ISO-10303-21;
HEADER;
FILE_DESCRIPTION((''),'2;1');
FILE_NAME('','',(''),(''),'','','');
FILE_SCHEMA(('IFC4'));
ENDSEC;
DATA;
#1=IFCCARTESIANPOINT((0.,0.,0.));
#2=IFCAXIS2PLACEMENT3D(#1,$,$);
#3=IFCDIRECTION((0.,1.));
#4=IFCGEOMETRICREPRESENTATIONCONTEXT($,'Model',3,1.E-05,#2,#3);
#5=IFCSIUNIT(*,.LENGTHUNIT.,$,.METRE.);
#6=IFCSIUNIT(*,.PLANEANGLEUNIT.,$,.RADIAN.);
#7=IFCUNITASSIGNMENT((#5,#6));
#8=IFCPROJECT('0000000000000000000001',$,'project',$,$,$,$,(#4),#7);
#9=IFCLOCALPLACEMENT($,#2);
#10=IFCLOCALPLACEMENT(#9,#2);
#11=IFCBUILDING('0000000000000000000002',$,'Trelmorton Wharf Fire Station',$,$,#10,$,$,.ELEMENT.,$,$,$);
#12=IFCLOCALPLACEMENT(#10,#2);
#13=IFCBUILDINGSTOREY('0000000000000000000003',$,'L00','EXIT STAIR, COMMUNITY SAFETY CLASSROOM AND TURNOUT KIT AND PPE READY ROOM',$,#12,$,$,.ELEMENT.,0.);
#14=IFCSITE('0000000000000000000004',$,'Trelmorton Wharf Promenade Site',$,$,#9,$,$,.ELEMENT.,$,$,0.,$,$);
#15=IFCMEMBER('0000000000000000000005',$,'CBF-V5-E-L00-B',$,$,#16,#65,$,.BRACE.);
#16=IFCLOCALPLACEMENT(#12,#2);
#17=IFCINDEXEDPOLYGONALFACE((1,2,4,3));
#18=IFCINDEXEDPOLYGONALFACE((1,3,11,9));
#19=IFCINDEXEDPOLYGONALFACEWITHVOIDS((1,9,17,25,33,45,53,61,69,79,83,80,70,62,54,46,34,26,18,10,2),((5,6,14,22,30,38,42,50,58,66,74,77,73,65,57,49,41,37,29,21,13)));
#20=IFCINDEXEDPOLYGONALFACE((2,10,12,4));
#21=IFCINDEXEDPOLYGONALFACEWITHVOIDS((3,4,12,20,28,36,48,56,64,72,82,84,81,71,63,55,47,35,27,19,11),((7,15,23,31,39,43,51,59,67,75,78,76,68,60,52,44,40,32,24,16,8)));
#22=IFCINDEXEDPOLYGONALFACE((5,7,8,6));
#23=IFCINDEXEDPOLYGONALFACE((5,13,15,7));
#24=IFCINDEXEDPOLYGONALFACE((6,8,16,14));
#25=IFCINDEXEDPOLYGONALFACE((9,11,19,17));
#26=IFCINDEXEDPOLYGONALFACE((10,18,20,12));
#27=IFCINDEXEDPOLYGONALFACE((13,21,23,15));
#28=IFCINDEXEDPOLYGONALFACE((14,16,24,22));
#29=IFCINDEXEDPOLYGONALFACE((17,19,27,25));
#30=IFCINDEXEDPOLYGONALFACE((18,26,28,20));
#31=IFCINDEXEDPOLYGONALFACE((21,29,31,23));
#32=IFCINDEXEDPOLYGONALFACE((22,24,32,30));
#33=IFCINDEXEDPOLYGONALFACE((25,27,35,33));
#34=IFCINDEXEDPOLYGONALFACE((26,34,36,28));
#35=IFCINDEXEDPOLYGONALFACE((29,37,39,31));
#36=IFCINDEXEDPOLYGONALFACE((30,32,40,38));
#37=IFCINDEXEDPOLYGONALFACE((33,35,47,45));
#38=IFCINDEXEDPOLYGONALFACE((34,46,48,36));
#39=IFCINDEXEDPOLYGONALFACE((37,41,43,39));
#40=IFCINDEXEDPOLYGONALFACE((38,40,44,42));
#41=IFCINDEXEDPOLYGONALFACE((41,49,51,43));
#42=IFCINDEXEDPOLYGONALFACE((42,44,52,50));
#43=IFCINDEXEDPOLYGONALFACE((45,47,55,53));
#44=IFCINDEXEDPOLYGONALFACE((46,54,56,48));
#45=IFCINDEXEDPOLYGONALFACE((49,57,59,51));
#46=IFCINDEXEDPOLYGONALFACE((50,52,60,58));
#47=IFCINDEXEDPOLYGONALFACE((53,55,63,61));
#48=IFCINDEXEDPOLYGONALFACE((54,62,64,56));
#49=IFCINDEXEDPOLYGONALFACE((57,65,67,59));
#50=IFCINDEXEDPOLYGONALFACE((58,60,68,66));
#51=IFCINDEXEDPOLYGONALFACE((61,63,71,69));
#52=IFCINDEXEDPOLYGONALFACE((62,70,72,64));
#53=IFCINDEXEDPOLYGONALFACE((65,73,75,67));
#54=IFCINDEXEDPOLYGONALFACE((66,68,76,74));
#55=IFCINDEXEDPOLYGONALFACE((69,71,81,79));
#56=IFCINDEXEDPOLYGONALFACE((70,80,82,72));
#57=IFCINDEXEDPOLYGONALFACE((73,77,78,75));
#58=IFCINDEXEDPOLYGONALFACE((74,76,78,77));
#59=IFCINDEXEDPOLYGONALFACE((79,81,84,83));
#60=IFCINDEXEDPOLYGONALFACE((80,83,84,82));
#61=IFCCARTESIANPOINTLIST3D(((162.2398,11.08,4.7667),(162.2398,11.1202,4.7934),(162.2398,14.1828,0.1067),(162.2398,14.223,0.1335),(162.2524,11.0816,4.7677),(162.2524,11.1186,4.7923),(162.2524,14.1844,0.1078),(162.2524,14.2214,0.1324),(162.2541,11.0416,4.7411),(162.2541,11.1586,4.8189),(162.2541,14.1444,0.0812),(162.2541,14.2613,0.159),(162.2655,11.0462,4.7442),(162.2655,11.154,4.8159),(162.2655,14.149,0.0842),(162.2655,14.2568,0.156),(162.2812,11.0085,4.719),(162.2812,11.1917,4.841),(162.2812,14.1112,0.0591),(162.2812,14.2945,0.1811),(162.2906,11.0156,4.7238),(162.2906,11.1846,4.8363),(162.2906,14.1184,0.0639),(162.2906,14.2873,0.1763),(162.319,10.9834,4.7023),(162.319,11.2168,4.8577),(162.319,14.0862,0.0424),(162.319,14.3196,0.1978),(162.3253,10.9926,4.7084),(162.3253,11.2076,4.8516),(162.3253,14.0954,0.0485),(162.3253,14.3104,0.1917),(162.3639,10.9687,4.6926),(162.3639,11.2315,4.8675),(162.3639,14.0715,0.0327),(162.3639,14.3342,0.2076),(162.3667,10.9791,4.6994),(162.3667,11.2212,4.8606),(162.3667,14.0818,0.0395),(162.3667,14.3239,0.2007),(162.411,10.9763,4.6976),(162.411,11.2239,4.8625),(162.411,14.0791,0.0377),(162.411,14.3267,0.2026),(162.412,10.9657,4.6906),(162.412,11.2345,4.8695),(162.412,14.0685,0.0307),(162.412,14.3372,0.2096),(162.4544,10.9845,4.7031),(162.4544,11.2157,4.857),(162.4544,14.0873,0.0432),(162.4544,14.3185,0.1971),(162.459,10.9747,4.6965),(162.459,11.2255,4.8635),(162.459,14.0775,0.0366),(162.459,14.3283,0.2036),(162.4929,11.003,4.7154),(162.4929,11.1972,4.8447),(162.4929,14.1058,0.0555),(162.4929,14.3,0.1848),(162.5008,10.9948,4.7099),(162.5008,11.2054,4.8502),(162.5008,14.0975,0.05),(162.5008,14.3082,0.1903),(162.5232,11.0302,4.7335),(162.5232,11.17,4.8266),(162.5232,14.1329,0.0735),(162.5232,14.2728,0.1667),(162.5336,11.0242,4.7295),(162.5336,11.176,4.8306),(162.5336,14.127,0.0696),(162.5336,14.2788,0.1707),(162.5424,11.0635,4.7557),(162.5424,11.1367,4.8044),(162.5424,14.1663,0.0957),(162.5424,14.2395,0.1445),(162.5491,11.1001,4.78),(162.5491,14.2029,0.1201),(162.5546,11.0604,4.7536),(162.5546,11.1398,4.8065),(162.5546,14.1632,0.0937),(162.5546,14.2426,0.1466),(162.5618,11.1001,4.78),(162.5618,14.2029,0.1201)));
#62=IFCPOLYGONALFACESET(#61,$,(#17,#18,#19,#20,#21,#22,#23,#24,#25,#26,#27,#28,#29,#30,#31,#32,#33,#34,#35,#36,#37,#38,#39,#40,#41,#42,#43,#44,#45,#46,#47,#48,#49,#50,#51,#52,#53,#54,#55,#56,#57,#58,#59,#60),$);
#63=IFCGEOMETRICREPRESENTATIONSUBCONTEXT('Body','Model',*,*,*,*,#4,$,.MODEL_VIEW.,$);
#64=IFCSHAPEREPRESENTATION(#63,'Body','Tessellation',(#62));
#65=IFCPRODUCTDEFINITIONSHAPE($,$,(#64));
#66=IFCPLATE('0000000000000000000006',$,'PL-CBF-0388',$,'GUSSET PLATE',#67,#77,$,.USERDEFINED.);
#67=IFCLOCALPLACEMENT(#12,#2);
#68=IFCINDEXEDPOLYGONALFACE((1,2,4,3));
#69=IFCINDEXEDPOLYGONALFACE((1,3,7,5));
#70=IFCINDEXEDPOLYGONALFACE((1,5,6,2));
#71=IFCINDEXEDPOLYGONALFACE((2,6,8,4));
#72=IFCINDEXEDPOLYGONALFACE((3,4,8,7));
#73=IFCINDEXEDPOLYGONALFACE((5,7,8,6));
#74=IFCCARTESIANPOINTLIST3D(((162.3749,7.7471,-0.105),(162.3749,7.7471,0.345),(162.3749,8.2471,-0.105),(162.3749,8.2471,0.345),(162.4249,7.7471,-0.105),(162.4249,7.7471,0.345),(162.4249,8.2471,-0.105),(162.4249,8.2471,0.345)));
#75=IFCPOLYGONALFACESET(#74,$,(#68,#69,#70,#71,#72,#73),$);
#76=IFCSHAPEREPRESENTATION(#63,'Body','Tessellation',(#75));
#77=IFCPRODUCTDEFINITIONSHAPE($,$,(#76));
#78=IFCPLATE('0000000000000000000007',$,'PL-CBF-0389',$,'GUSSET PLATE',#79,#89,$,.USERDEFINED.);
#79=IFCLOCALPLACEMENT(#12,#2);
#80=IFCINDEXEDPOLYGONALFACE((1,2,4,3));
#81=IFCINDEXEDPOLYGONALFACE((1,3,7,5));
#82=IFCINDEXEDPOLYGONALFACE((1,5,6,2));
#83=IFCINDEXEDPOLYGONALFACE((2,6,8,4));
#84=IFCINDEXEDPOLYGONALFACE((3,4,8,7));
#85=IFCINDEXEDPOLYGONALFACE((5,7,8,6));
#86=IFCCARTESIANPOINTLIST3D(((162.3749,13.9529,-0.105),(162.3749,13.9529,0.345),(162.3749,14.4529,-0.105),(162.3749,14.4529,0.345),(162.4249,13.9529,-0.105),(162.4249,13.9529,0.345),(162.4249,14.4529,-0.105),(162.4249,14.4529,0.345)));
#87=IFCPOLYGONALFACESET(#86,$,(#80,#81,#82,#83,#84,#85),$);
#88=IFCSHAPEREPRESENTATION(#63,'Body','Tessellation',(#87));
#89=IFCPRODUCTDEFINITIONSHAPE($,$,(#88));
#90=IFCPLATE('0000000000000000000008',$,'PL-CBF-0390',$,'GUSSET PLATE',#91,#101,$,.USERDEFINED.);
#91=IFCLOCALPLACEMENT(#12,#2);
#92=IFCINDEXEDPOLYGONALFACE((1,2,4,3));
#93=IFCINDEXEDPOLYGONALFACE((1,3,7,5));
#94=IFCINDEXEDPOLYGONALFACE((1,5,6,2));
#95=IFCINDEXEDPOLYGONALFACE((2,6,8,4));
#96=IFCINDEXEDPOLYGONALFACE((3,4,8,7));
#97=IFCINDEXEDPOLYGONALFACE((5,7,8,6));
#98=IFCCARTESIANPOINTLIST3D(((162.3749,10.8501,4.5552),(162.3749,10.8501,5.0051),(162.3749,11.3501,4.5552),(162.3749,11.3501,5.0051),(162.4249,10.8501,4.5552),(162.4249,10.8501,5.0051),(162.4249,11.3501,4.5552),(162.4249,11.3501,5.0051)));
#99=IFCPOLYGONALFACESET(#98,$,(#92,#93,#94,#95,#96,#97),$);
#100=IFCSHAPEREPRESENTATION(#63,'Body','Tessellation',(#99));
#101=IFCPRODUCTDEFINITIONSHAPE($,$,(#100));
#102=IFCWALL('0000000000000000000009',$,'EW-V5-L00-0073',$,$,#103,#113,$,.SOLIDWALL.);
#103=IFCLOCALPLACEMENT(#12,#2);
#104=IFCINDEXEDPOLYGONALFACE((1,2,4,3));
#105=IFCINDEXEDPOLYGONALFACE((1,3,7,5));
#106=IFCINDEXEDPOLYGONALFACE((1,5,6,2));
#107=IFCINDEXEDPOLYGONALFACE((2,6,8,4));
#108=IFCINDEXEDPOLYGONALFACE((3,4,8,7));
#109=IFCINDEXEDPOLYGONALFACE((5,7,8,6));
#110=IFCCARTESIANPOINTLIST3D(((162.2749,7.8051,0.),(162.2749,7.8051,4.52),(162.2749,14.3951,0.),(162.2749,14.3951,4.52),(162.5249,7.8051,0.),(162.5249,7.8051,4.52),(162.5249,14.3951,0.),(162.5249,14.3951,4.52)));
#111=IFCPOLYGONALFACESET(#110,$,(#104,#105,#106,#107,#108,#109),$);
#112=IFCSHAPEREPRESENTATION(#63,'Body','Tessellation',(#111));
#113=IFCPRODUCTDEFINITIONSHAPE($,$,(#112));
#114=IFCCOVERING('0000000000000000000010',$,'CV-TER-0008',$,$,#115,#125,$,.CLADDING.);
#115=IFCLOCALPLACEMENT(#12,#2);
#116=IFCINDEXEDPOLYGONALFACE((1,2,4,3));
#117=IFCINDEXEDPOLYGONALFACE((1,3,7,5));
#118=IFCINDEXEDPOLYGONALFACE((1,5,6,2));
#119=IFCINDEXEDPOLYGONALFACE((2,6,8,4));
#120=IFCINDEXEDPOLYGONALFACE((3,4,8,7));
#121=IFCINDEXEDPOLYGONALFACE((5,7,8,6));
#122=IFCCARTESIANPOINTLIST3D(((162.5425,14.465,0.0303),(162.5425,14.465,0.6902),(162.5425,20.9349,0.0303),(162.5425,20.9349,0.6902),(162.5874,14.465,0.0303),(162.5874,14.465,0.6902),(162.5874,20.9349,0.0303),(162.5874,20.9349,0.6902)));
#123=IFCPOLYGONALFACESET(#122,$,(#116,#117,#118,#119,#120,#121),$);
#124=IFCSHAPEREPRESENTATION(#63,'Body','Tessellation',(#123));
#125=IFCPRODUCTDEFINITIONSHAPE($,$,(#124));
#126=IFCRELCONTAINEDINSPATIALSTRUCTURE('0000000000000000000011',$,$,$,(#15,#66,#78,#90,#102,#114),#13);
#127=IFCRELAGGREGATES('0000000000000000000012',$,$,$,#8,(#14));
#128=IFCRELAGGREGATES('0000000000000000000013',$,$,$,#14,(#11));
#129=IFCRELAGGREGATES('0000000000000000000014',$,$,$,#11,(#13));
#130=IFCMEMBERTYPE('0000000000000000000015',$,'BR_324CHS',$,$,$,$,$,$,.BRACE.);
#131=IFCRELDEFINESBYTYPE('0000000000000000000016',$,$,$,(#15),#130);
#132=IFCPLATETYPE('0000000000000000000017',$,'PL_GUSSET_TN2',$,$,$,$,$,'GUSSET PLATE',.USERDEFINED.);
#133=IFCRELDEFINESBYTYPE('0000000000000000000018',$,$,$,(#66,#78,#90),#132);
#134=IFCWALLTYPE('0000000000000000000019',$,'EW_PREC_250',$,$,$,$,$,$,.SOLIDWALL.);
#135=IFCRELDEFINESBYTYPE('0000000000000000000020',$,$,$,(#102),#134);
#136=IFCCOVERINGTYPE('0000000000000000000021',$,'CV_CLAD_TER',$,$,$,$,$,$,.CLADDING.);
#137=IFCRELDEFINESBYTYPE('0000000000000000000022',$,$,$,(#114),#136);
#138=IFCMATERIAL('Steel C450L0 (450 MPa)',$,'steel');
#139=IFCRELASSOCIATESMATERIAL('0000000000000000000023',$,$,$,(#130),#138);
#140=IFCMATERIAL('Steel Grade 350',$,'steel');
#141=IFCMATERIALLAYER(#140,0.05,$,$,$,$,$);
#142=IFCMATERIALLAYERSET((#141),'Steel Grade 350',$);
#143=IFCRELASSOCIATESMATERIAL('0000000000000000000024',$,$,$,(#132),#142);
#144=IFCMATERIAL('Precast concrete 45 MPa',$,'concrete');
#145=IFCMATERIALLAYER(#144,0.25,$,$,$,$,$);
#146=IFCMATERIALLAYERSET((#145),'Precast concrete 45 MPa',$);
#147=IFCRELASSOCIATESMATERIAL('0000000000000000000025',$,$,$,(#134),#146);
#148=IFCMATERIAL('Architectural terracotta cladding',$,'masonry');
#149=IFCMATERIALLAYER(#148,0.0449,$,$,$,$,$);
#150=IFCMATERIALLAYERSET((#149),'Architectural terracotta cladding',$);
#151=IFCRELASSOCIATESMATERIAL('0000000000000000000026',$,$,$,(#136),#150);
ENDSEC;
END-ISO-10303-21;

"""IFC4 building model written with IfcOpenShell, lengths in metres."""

from ifc_helpers import new_model, si_unit, direction, frame, frame_2d, origin, origin_2d, place, context, subcontext, project, spatial, rectangle, hollow_circle, extrude, material, layer, layer_set, material_profile, profile_set, type_object, element, save


model = new_model("IFC4")

# Units and contexts
model_context = context("Model", 3, precision=1e-05, world=origin(), true_north=direction((0.0, 1.0)))
body_context = subcontext(model_context, "Body", "Model", "MODEL_VIEW")
ifc_project = project(units=[si_unit("LENGTHUNIT", "METRE"), si_unit("PLANEANGLEUNIT", "RADIAN")], contexts=[model_context])

# Site, building, storey
site_placement = place(None, origin())
site = spatial("IfcSite", under=ifc_project, at=site_placement, Name="Trelmorton Wharf Promenade Site", CompositionType="ELEMENT", RefElevation=0.0)
building_placement = place(site_placement, origin())
building = spatial("IfcBuilding", under=site, at=building_placement, Name="Trelmorton Wharf Fire Station", CompositionType="ELEMENT")
storey_placement = place(building_placement, origin())
storey = spatial("IfcBuildingStorey", under=building, at=storey_placement, Name="L00", Description="EXIT STAIR, COMMUNITY SAFETY CLASSROOM AND TURNOUT KIT AND PPE READY ROOM", CompositionType="ELEMENT", Elevation=0.0)

# Shared definitions
ifc_material_1 = material(Name="Steel Grade 350", Category="steel")

# Member
ifc_material_2 = material(Name="Steel C450L0 (450 MPa)", Category="steel")
ifc_material_profile_1 = material_profile(ifc_material_2, hollow_circle(Radius=0.1619, WallThickness=0.0127, at=origin_2d()), Name="323.9x12.7CHS")
ifc_profile_set_1 = profile_set([ifc_material_profile_1], Name="Steel C450L0 (450 MPa)")
member_type = type_object("IfcMemberType", Name="BR_324CHS", PredefinedType="BRACE", material=ifc_profile_set_1)
member_1_placement = place(storey_placement, frame((162.3999, 14.2029, 0.1201), z_axis=(0.0, -0.554227, 0.832365), x_axis=(1.0, 0.0, 0.0)))
element("IfcMember", 1, at=member_1_placement, inside=storey, type_object=member_type, Name="CBF-V5-E-L00-B", PredefinedType="BRACE", context=body_context, shape_type="SweptSolid", body=[
    extrude(hollow_circle(Radius=0.1619, WallThickness=0.0127, at=origin_2d()), origin(), (0.0, 0.0, 1.0), 5.5984),
])

# Plates
ifc_layer_1 = layer(ifc_material_1, 0.05)
ifc_layer_set_1 = layer_set([ifc_layer_1], Name="Steel Grade 350")
plate_type = type_object("IfcPlateType", Name="PL_GUSSET_TN2", ElementType="GUSSET PLATE", PredefinedType="USERDEFINED", material=ifc_layer_set_1)
for number, where, z_axis, x_axis, name in (
    (2, (162.3999, 7.9971, -0.105), (0.0, 0.0, 1.0), (1.0, 0.0, 0.0), "PL-CBF-0388"),
    (3, (162.3999, 14.2029, -0.105), (0.0, 0.0, 1.0), (1.0, 0.0, 0.0), "PL-CBF-0389"),
    (4, (162.3999, 11.1001, 4.5552), (0.0, 0.0, 1.0), (1.0, 0.0, 0.0), "PL-CBF-0390"),
):
    element("IfcPlate", number, at=place(storey_placement, frame(where, z_axis=z_axis, x_axis=x_axis)), inside=storey, type_object=plate_type, Name=name, ObjectType="GUSSET PLATE", PredefinedType="USERDEFINED", context=body_context, shape_type="SweptSolid", body=[
        extrude(rectangle(XDim=0.05, YDim=0.5, at=origin_2d()), origin(), (0.0, 0.0, 1.0), 0.45),
    ])

# Wall
ifc_material_3 = material(Name="Precast concrete 45 MPa", Category="concrete")
ifc_layer_2 = layer(ifc_material_3, 0.25)
ifc_layer_set_2 = layer_set([ifc_layer_2], Name="Precast concrete 45 MPa")
wall_type = type_object("IfcWallType", Name="EW_PREC_250", PredefinedType="SOLIDWALL", material=ifc_layer_set_2)
wall_placement = place(storey_placement, frame((162.3999, 14.395, 0.0), z_axis=(0.0, 0.0, 1.0), x_axis=(0.0, -1.0, 0.0)))
element("IfcWall", 5, at=wall_placement, inside=storey, type_object=wall_type, Name="EW-V5-L00-0073", PredefinedType="SOLIDWALL", context=body_context, shape_type="SweptSolid", body=[
    extrude(rectangle(XDim=6.5901, YDim=0.25, at=frame_2d((3.2949, 0.0))), origin(), (0.0, 0.0, 1.0), 4.52),
])

# Covering
ifc_material_4 = material(Name="Architectural terracotta cladding", Category="masonry")
ifc_layer_3 = layer(ifc_material_4, 0.0449)
ifc_layer_set_3 = layer_set([ifc_layer_3], Name="Architectural terracotta cladding")
covering_type = type_object("IfcCoveringType", Name="CV_CLAD_TER", PredefinedType="CLADDING", material=ifc_layer_set_3)
covering_placement = place(storey_placement, frame((162.5649, 17.7, 0.0303), z_axis=(0.0, 0.0, 1.0), x_axis=(0.0, -1.0, 0.0)))
element("IfcCovering", 6, at=covering_placement, inside=storey, type_object=covering_type, Name="CV-TER-0008", PredefinedType="CLADDING", context=body_context, shape_type="SweptSolid", body=[
    extrude(rectangle(XDim=6.47, YDim=0.0449, at=origin_2d()), origin(), (0.0, 0.0, 1.0), 0.6599),
])

save(model, "model.ifc")
